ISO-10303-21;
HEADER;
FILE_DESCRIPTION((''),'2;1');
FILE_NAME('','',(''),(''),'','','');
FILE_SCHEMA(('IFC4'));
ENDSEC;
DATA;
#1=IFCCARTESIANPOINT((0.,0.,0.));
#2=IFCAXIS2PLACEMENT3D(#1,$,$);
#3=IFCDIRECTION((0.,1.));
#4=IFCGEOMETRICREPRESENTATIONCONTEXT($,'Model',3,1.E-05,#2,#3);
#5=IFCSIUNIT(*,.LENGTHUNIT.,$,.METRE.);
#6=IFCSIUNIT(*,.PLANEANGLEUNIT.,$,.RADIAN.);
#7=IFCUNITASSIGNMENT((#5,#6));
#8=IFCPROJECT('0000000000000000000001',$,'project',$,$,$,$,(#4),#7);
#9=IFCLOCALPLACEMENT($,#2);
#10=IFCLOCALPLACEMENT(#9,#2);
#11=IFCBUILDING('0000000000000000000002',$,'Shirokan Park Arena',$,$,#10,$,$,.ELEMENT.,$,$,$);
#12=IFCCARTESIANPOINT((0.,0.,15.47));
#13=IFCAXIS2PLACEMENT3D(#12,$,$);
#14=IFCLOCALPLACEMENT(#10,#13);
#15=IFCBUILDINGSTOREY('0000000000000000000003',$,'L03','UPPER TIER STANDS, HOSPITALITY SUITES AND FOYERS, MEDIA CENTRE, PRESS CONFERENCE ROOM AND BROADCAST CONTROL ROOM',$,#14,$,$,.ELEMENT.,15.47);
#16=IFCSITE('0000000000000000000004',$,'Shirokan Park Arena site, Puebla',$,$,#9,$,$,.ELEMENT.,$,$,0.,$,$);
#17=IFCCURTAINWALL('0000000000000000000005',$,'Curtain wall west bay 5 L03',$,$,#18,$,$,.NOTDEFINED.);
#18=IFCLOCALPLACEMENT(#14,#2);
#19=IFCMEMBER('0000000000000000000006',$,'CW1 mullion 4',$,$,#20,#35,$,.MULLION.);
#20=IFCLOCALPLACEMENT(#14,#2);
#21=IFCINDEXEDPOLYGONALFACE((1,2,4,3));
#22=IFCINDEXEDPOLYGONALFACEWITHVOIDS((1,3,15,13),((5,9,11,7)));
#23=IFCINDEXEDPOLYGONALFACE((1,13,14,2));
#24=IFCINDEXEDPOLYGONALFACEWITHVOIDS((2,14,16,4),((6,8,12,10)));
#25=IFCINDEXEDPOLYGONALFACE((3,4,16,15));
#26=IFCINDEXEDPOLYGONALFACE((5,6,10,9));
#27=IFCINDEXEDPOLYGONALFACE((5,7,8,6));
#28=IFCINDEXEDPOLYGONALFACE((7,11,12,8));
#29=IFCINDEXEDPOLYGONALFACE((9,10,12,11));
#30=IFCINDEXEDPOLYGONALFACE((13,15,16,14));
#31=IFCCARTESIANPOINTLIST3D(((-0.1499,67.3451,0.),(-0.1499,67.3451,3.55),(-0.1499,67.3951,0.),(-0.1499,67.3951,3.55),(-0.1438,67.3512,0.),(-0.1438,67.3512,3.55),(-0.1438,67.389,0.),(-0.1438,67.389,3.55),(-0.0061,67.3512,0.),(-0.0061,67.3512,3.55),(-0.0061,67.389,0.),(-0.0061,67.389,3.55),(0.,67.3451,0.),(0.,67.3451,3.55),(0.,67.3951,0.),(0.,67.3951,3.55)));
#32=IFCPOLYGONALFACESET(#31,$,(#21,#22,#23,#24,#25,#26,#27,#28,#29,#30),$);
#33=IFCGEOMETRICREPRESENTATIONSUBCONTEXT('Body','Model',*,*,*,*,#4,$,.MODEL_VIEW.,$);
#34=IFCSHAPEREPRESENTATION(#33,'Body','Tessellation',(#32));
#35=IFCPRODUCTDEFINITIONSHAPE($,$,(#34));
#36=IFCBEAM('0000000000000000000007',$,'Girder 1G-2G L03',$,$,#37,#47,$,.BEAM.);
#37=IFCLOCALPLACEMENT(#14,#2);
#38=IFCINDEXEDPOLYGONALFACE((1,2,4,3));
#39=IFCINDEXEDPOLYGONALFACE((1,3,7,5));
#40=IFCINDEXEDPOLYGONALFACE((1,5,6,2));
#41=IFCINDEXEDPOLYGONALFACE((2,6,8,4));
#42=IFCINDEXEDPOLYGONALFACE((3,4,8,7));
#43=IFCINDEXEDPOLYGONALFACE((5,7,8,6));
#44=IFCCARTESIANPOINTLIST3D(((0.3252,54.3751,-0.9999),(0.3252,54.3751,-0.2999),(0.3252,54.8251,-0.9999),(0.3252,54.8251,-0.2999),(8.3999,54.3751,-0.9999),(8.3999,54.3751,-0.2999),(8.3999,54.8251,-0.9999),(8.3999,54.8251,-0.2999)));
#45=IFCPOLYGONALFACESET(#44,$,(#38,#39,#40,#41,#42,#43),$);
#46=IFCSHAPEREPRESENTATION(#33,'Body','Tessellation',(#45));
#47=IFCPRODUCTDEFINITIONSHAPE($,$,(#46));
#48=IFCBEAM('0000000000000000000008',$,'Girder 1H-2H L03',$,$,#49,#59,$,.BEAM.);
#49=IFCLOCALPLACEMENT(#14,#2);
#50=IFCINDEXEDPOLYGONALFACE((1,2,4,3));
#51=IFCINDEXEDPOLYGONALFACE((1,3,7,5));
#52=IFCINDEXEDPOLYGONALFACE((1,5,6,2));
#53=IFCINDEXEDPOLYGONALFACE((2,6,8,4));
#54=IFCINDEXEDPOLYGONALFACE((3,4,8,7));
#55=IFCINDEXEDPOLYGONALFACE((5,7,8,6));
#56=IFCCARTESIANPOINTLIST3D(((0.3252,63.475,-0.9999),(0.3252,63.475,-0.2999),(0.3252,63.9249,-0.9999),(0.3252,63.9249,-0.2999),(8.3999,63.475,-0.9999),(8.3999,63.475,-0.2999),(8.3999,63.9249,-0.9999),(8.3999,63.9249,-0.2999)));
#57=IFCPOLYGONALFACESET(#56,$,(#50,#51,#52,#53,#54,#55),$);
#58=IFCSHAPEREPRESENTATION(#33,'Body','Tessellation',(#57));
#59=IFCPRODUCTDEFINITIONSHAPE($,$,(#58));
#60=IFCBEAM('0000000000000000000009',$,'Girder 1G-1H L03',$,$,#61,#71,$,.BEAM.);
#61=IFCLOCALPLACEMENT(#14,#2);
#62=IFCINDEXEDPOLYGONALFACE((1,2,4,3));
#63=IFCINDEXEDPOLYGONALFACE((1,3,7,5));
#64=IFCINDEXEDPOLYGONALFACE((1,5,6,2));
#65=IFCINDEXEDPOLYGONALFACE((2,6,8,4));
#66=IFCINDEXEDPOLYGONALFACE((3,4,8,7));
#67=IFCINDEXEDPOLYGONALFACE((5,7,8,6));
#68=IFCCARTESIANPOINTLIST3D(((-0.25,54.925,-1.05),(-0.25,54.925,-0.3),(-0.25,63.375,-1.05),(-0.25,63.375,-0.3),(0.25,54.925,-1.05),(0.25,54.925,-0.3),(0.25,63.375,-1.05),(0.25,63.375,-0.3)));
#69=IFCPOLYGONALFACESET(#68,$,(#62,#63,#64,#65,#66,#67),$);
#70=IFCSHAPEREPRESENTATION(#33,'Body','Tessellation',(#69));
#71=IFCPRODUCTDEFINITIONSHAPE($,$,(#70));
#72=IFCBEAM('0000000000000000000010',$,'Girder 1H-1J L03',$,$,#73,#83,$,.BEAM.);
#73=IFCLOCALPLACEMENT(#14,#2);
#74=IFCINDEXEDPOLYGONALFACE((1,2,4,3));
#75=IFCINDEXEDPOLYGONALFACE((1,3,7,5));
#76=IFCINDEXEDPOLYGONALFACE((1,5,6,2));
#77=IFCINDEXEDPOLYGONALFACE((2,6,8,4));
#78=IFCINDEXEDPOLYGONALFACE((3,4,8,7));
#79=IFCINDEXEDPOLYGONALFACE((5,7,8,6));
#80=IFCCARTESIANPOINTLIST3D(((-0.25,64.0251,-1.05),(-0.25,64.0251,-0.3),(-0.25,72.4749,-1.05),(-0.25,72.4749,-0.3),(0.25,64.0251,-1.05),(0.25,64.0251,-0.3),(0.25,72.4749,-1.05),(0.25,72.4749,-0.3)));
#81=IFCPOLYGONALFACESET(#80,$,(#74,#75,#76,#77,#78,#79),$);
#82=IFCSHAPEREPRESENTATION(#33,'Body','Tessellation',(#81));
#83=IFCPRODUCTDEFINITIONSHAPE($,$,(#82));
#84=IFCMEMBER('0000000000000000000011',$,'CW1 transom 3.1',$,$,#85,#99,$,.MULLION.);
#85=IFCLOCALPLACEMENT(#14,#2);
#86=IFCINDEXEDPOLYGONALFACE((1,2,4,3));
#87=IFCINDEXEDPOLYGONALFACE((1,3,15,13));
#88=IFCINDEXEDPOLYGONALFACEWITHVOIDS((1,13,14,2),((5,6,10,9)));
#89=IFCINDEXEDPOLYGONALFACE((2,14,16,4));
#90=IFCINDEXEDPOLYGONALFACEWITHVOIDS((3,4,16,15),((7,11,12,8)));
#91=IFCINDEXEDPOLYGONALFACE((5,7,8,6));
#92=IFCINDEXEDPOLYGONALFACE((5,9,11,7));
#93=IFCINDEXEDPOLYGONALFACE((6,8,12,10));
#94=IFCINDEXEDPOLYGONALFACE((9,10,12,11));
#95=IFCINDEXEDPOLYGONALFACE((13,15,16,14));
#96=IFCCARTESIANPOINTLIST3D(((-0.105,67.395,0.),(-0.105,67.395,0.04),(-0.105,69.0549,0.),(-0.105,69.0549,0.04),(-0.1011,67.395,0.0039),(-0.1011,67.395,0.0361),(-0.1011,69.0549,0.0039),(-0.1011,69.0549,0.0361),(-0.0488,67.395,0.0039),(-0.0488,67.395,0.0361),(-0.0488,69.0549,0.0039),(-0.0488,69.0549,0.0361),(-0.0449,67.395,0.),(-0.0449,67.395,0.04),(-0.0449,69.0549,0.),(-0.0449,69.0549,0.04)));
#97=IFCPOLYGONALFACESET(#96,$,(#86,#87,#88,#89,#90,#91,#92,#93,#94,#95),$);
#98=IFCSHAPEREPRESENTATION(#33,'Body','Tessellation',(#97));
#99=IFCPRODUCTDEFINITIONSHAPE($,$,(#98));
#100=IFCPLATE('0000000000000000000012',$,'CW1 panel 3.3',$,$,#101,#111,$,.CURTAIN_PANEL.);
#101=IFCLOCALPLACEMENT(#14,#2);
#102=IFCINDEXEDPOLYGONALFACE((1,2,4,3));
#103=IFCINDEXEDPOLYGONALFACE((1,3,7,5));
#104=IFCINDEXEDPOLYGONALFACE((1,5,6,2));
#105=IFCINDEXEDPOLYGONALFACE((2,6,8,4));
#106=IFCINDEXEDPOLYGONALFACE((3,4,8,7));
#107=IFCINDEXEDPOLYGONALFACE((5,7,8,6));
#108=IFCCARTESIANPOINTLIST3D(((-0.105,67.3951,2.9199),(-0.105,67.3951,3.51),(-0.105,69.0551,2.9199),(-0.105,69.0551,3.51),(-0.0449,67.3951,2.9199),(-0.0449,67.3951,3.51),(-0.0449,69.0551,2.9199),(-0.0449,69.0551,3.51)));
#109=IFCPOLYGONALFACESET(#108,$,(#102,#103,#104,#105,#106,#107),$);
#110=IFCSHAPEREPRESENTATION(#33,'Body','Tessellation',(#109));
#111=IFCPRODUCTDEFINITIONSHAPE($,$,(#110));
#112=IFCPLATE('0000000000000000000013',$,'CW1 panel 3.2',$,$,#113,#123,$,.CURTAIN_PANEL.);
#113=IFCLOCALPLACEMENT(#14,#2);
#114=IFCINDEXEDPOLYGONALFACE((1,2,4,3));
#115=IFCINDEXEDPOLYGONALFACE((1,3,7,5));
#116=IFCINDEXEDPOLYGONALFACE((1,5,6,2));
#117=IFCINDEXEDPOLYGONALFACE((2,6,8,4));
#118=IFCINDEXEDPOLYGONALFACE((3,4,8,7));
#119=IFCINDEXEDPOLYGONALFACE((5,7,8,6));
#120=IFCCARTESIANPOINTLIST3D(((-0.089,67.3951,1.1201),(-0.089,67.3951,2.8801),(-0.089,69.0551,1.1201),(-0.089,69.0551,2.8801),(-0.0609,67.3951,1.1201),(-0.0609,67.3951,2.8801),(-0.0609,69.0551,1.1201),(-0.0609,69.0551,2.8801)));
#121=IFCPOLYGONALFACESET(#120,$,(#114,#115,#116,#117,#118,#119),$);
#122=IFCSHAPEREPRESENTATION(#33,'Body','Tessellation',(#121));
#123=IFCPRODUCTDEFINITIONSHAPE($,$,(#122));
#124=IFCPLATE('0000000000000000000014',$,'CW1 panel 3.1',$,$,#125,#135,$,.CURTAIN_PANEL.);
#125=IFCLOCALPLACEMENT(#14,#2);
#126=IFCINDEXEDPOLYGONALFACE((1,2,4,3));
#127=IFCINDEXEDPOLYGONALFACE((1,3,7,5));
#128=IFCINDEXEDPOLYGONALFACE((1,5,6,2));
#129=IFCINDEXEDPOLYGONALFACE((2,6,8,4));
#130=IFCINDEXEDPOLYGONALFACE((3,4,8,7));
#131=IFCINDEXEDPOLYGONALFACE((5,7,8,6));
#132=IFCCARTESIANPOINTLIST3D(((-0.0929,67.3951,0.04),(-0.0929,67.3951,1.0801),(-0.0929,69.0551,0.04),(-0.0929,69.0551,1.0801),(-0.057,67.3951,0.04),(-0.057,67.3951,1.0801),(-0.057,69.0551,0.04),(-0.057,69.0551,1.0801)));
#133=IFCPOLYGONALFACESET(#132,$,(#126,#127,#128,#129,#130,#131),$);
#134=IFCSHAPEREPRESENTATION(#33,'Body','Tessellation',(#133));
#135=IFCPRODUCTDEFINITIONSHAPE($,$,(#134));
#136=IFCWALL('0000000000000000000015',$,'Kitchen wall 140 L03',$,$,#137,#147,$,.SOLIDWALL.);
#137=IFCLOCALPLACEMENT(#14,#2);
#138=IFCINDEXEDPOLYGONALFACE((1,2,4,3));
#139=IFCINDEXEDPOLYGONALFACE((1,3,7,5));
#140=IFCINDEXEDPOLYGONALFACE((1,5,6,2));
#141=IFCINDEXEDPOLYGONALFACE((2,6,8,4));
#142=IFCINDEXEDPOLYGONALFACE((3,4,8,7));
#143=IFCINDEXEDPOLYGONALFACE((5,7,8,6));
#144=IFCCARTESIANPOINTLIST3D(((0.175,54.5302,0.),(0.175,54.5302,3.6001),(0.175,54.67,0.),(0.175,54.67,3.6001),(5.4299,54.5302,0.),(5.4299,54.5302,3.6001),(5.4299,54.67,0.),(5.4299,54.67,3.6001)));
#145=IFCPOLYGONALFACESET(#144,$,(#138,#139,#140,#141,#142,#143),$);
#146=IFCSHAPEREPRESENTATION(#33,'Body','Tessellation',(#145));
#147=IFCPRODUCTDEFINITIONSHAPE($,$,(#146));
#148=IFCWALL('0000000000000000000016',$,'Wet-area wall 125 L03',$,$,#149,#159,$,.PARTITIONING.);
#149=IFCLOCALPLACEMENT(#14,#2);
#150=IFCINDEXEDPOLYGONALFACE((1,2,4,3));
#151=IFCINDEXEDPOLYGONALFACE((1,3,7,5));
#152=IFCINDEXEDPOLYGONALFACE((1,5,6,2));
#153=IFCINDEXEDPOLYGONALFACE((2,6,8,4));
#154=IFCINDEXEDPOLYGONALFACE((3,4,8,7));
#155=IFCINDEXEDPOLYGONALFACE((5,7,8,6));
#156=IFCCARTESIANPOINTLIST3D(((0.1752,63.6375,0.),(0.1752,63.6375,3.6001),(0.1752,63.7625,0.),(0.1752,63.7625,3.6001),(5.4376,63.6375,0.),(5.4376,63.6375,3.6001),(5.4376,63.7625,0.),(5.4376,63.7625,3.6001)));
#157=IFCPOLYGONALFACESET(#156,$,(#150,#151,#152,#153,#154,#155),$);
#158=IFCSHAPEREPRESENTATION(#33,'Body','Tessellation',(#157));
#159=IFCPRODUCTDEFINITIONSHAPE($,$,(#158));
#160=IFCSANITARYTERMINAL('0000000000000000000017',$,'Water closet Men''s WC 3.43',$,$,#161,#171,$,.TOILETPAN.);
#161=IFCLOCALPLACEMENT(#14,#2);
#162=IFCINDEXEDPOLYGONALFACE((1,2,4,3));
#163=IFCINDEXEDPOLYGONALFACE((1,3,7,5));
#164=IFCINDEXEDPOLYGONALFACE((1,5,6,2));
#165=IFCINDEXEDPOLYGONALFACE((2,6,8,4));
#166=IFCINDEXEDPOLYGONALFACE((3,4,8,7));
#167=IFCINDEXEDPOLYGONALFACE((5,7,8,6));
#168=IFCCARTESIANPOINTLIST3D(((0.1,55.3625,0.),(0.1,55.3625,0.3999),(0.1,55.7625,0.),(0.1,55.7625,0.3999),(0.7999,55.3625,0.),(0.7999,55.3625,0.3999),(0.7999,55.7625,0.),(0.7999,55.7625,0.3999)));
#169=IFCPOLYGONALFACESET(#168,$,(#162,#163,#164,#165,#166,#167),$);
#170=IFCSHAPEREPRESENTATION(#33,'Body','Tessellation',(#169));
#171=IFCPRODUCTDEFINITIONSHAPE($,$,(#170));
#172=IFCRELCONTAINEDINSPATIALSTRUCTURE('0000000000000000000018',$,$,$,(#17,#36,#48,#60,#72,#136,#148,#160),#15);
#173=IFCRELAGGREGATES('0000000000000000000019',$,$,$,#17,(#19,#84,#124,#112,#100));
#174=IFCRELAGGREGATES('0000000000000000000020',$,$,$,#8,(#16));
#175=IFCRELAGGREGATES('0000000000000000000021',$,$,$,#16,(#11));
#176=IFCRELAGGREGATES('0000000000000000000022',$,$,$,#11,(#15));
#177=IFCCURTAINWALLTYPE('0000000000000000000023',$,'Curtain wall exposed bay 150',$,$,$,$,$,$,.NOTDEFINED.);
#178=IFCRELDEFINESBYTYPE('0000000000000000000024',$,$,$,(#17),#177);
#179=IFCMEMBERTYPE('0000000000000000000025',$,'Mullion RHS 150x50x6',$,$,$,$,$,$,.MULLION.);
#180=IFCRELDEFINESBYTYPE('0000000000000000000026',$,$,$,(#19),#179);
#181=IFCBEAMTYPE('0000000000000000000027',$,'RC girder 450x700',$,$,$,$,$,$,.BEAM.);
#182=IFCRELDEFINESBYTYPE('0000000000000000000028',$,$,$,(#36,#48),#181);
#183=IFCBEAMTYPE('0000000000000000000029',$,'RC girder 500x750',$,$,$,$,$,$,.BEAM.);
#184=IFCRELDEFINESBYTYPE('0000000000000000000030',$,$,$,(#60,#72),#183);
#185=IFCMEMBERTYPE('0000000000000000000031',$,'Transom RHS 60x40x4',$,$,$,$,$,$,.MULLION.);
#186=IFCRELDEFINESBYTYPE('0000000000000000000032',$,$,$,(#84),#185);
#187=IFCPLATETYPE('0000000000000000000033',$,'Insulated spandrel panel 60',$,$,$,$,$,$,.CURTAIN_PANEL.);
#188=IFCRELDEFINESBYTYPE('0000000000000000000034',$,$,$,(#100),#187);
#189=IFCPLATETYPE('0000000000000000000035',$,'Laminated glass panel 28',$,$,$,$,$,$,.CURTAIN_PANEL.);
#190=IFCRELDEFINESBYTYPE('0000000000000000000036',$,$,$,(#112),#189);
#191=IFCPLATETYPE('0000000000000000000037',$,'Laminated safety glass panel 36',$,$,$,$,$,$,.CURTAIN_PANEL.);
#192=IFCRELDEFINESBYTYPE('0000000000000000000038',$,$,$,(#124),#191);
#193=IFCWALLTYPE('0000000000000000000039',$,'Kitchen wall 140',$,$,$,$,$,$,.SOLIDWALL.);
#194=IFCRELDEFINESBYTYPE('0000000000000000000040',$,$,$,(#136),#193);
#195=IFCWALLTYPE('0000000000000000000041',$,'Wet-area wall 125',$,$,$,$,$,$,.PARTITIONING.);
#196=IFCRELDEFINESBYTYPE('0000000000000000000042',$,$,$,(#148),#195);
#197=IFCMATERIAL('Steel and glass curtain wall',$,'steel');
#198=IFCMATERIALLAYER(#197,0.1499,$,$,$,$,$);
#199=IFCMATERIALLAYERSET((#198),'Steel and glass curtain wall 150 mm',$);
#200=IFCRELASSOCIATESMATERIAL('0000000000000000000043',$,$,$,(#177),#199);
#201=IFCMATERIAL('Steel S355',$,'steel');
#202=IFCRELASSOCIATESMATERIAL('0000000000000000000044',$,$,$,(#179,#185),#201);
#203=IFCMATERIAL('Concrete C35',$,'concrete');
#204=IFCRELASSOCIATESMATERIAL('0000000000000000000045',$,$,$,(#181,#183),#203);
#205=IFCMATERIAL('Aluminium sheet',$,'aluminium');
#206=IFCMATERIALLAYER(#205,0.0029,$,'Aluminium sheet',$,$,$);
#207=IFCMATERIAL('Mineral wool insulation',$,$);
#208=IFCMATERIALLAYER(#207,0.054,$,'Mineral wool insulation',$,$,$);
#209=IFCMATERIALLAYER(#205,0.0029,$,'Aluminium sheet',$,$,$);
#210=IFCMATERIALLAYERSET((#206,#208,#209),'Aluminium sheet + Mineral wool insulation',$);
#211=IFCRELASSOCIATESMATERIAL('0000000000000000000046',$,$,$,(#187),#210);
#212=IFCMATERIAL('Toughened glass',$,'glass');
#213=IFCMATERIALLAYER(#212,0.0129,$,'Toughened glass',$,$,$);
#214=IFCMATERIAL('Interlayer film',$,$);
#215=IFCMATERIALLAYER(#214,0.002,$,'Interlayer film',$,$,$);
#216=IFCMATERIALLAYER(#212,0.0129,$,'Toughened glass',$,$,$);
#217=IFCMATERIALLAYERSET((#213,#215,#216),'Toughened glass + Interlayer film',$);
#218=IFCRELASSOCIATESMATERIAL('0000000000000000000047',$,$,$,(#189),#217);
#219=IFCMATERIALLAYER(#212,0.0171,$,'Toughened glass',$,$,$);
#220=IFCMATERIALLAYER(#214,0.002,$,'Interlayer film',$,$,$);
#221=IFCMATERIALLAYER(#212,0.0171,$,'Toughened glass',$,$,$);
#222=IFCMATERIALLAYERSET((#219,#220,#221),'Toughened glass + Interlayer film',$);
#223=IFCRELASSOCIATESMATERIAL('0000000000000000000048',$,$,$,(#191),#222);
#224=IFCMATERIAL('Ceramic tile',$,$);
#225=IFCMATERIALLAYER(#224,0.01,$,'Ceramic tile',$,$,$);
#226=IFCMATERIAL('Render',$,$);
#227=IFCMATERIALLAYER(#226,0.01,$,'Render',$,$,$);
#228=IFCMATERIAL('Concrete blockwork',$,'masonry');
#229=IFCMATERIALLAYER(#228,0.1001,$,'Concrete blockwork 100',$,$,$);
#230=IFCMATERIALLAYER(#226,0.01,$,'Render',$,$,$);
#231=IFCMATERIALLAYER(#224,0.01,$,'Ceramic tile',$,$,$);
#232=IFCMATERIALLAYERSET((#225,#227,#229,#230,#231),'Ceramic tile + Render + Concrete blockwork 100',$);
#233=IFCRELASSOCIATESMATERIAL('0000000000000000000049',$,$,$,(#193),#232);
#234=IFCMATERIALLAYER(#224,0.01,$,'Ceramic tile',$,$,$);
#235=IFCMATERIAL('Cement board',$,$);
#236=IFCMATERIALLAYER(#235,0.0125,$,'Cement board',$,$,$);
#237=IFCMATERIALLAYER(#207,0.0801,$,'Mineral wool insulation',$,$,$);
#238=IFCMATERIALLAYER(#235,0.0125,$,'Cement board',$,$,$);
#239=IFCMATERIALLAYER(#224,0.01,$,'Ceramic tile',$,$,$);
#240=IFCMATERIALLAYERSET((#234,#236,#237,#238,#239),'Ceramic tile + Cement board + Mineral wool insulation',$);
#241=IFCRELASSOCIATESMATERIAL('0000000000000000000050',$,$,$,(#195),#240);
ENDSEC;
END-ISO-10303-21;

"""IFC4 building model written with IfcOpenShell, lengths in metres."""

from ifc_helpers import new_model, si_unit, direction, frame, frame_2d, origin, origin_2d, place, context, subcontext, project, spatial, rectangle, hollow_rectangle, extrude, material, layer, layer_set, material_profile, profile_set, type_object, element, aggregate, save


model = new_model("IFC4")

# Units and contexts
model_context = context("Model", 3, precision=1e-05, world=origin(), true_north=direction((0.0, 1.0)))
body_context = subcontext(model_context, "Body", "Model", "MODEL_VIEW")
ifc_project = project(units=[si_unit("LENGTHUNIT", "METRE"), si_unit("PLANEANGLEUNIT", "RADIAN")], contexts=[model_context])

# Site, building, storey
site_placement = place(None, origin())
site = spatial("IfcSite", under=ifc_project, at=site_placement, Name="Shirokan Park Arena site, Puebla", CompositionType="ELEMENT", RefElevation=0.0)
building_placement = place(site_placement, origin())
building = spatial("IfcBuilding", under=site, at=building_placement, Name="Shirokan Park Arena", CompositionType="ELEMENT")
storey_placement = place(building_placement, frame((0.0, 0.0, 15.47)))
storey = spatial("IfcBuildingStorey", under=building, at=storey_placement, Name="L03", Description="UPPER TIER STANDS, HOSPITALITY SUITES AND FOYERS, MEDIA CENTRE, PRESS CONFERENCE ROOM AND BROADCAST CONTROL ROOM", CompositionType="ELEMENT", Elevation=15.47)

# Curtain wall, member
ifc_material_1 = material(Name="Steel and glass curtain wall", Category="steel")
ifc_layer_1 = layer(ifc_material_1, 0.1499)
ifc_layer_set_1 = layer_set([ifc_layer_1], Name="Steel and glass curtain wall 150 mm")
curtain_wall_type = type_object("IfcCurtainWallType", Name="Curtain wall exposed bay 150", PredefinedType="NOTDEFINED", material=ifc_layer_set_1)
curtain_wall_placement = place(storey_placement, origin())
curtain_wall = element("IfcCurtainWall", 1, at=curtain_wall_placement, inside=storey, type_object=curtain_wall_type, Name="Curtain wall west bay 5 L03", PredefinedType="NOTDEFINED")
ifc_material_2 = material(Name="Steel S355", Category="steel")
ifc_material_profile_1 = material_profile(ifc_material_2, hollow_rectangle(XDim=0.1499, YDim=0.05, WallThickness=0.0061, at=origin_2d()), Name="RHS 150x50x6")
ifc_profile_set_1 = profile_set([ifc_material_profile_1], Name="Steel S355")
member_type_1 = type_object("IfcMemberType", Name="Mullion RHS 150x50x6", PredefinedType="MULLION", material=ifc_profile_set_1)
member_1_placement = place(storey_placement, frame((-0.075, 67.3701, 0.0), z_axis=(0.0, 0.0, 1.0), x_axis=(1.0, 0.0, 0.0)))
member_1 = element("IfcMember", 2, at=member_1_placement, type_object=member_type_1, Name="CW1 mullion 4", PredefinedType="MULLION", context=body_context, shape_type="SweptSolid", body=[
    extrude(hollow_rectangle(XDim=0.1499, YDim=0.05, WallThickness=0.0061, at=origin_2d()), origin(), (0.0, 0.0, 1.0), 3.55),
])

# Beams
ifc_material_3 = material(Name="Concrete C35", Category="concrete")
ifc_material_profile_2 = material_profile(ifc_material_3, rectangle(XDim=0.45, YDim=0.7, at=origin_2d()), Name="450x700")
ifc_profile_set_2 = profile_set([ifc_material_profile_2], Name="Concrete C35")
beam_type_1 = type_object("IfcBeamType", Name="RC girder 450x700", PredefinedType="BEAM", material=ifc_profile_set_2)
for number, where, z_axis, x_axis, name in (
    (3, (0.3252, 54.6001, -0.6499), (1.0, 0.0, 0.0), (0.0, 1.0, 0.0), "Girder 1G-2G L03"),
    (4, (0.3252, 63.7, -0.6499), (1.0, 0.0, 0.0), (0.0, 1.0, 0.0), "Girder 1H-2H L03"),
):
    element("IfcBeam", number, at=place(storey_placement, frame(where, z_axis=z_axis, x_axis=x_axis)), inside=storey, type_object=beam_type_1, Name=name, PredefinedType="BEAM", context=body_context, shape_type="SweptSolid", body=[
        extrude(rectangle(XDim=0.45, YDim=0.7, at=origin_2d()), origin(), (0.0, 0.0, 1.0), 8.0747),
    ])
ifc_material_profile_3 = material_profile(ifc_material_3, rectangle(XDim=0.5, YDim=0.75, at=origin_2d()), Name="500x750")
ifc_profile_set_3 = profile_set([ifc_material_profile_3], Name="Concrete C35")
beam_type_2 = type_object("IfcBeamType", Name="RC girder 500x750", PredefinedType="BEAM", material=ifc_profile_set_3)
beam_1_placement = place(storey_placement, frame((0.0, 54.925, -0.675), z_axis=(0.0, 1.0, 0.0), x_axis=(-1.0, 0.0, 0.0)))
element("IfcBeam", 5, at=beam_1_placement, inside=storey, type_object=beam_type_2, Name="Girder 1G-1H L03", PredefinedType="BEAM", context=body_context, shape_type="SweptSolid", body=[
    extrude(rectangle(XDim=0.5, YDim=0.75, at=origin_2d()), origin(), (0.0, 0.0, 1.0), 8.45),
])
beam_2_placement = place(storey_placement, frame((0.0, 64.0251, -0.675), z_axis=(0.0, 1.0, 0.0), x_axis=(-1.0, 0.0, 0.0)))
element("IfcBeam", 6, at=beam_2_placement, inside=storey, type_object=beam_type_2, Name="Girder 1H-1J L03", PredefinedType="BEAM", context=body_context, shape_type="SweptSolid", body=[
    extrude(rectangle(XDim=0.5, YDim=0.75, at=origin_2d()), origin(), (0.0, 0.0, 1.0), 8.4497),
])

# Member
ifc_material_profile_4 = material_profile(ifc_material_2, hollow_rectangle(XDim=0.0601, YDim=0.04, WallThickness=0.0039, at=origin_2d()), Name="RHS 60x40x4")
ifc_profile_set_4 = profile_set([ifc_material_profile_4], Name="Steel S355")
member_type_2 = type_object("IfcMemberType", Name="Transom RHS 60x40x4", PredefinedType="MULLION", material=ifc_profile_set_4)
member_2_placement = place(storey_placement, frame((-0.075, 69.0549, 0.02), z_axis=(0.0, -1.0, 0.0), x_axis=(1.0, 0.0, 0.0)))
member_2 = element("IfcMember", 7, at=member_2_placement, type_object=member_type_2, Name="CW1 transom 3.1", PredefinedType="MULLION", context=body_context, shape_type="SweptSolid", body=[
    extrude(hollow_rectangle(XDim=0.0601, YDim=0.04, WallThickness=0.0039, at=origin_2d()), origin(), (0.0, 0.0, 1.0), 1.6599),
])

# Plates
ifc_material_4 = material(Name="Aluminium sheet", Category="aluminium")
ifc_layer_2 = layer(ifc_material_4, 0.0029, Name="Aluminium sheet")
ifc_material_5 = material(Name="Mineral wool insulation")
ifc_layer_3 = layer(ifc_material_5, 0.054, Name="Mineral wool insulation")
ifc_layer_4 = layer(ifc_material_4, 0.0029, Name="Aluminium sheet")
ifc_layer_set_2 = layer_set([ifc_layer_2, ifc_layer_3, ifc_layer_4], Name="Aluminium sheet + Mineral wool insulation")
plate_type_1 = type_object("IfcPlateType", Name="Insulated spandrel panel 60", PredefinedType="CURTAIN_PANEL", material=ifc_layer_set_2)
plate_1_placement = place(storey_placement, frame((-0.075, 68.2251, 2.9199), z_axis=(0.0, 0.0, 1.0), x_axis=(0.0, -1.0, 0.0)))
plate_1 = element("IfcPlate", 8, at=plate_1_placement, type_object=plate_type_1, Name="CW1 panel 3.3", PredefinedType="CURTAIN_PANEL", context=body_context, shape_type="SweptSolid", body=[
    extrude(rectangle(XDim=1.6599, YDim=0.0601, at=origin_2d()), origin(), (0.0, 0.0, 1.0), 0.5901),
])
ifc_material_6 = material(Name="Toughened glass", Category="glass")
ifc_layer_5 = layer(ifc_material_6, 0.0129, Name="Toughened glass")
ifc_material_7 = material(Name="Interlayer film")
ifc_layer_6 = layer(ifc_material_7, 0.002, Name="Interlayer film")
ifc_layer_7 = layer(ifc_material_6, 0.0129, Name="Toughened glass")
ifc_layer_set_3 = layer_set([ifc_layer_5, ifc_layer_6, ifc_layer_7], Name="Toughened glass + Interlayer film")
plate_type_2 = type_object("IfcPlateType", Name="Laminated glass panel 28", PredefinedType="CURTAIN_PANEL", material=ifc_layer_set_3)
plate_2_placement = place(storey_placement, frame((-0.075, 68.2251, 1.1201), z_axis=(0.0, 0.0, 1.0), x_axis=(0.0, -1.0, 0.0)))
plate_2 = element("IfcPlate", 9, at=plate_2_placement, type_object=plate_type_2, Name="CW1 panel 3.2", PredefinedType="CURTAIN_PANEL", context=body_context, shape_type="SweptSolid", body=[
    extrude(rectangle(XDim=1.6599, YDim=0.0281, at=origin_2d()), origin(), (0.0, 0.0, 1.0), 1.76),
])
ifc_layer_8 = layer(ifc_material_6, 0.0171, Name="Toughened glass")
ifc_layer_9 = layer(ifc_material_7, 0.002, Name="Interlayer film")
ifc_layer_10 = layer(ifc_material_6, 0.0171, Name="Toughened glass")
ifc_layer_set_4 = layer_set([ifc_layer_8, ifc_layer_9, ifc_layer_10], Name="Toughened glass + Interlayer film")
plate_type_3 = type_object("IfcPlateType", Name="Laminated safety glass panel 36", PredefinedType="CURTAIN_PANEL", material=ifc_layer_set_4)
plate_3_placement = place(storey_placement, frame((-0.075, 68.2251, 0.04), z_axis=(0.0, 0.0, 1.0), x_axis=(0.0, -1.0, 0.0)))
plate_3 = element("IfcPlate", 10, at=plate_3_placement, type_object=plate_type_3, Name="CW1 panel 3.1", PredefinedType="CURTAIN_PANEL", context=body_context, shape_type="SweptSolid", body=[
    extrude(rectangle(XDim=1.6599, YDim=0.0359, at=origin_2d()), origin(), (0.0, 0.0, 1.0), 1.04),
])
aggregate(curtain_wall, [member_1, member_2, plate_3, plate_2, plate_1])

# Walls
ifc_material_8 = material(Name="Ceramic tile")
ifc_layer_11 = layer(ifc_material_8, 0.01, Name="Ceramic tile")
ifc_material_9 = material(Name="Render")
ifc_layer_12 = layer(ifc_material_9, 0.01, Name="Render")
ifc_material_10 = material(Name="Concrete blockwork", Category="masonry")
ifc_layer_13 = layer(ifc_material_10, 0.1001, Name="Concrete blockwork 100")
ifc_layer_14 = layer(ifc_material_9, 0.01, Name="Render")
ifc_layer_15 = layer(ifc_material_8, 0.01, Name="Ceramic tile")
ifc_layer_set_5 = layer_set([ifc_layer_11, ifc_layer_12, ifc_layer_13, ifc_layer_14, ifc_layer_15], Name="Ceramic tile + Render + Concrete blockwork 100")
wall_type_1 = type_object("IfcWallType", Name="Kitchen wall 140", PredefinedType="SOLIDWALL", material=ifc_layer_set_5)
wall_1_placement = place(storey_placement, frame((0.175, 54.6001, 0.0), z_axis=(0.0, 0.0, 1.0), x_axis=(1.0, 0.0, 0.0)))
element("IfcWall", 11, at=wall_1_placement, inside=storey, type_object=wall_type_1, Name="Kitchen wall 140 L03", PredefinedType="SOLIDWALL", context=body_context, shape_type="SweptSolid", body=[
    extrude(rectangle(XDim=5.2549, YDim=0.1399, at=frame_2d((2.6274, 0.0))), origin(), (0.0, 0.0, 1.0), 3.6001),
])
ifc_layer_16 = layer(ifc_material_8, 0.01, Name="Ceramic tile")
ifc_material_11 = material(Name="Cement board")
ifc_layer_17 = layer(ifc_material_11, 0.0125, Name="Cement board")
ifc_layer_18 = layer(ifc_material_5, 0.0801, Name="Mineral wool insulation")
ifc_layer_19 = layer(ifc_material_11, 0.0125, Name="Cement board")
ifc_layer_20 = layer(ifc_material_8, 0.01, Name="Ceramic tile")
ifc_layer_set_6 = layer_set([ifc_layer_16, ifc_layer_17, ifc_layer_18, ifc_layer_19, ifc_layer_20], Name="Ceramic tile + Cement board + Mineral wool insulation")
wall_type_2 = type_object("IfcWallType", Name="Wet-area wall 125", PredefinedType="PARTITIONING", material=ifc_layer_set_6)
wall_2_placement = place(storey_placement, frame((0.175, 63.7, 0.0), z_axis=(0.0, 0.0, 1.0), x_axis=(1.0, 0.0, 0.0)))
element("IfcWall", 12, at=wall_2_placement, inside=storey, type_object=wall_type_2, Name="Wet-area wall 125 L03", PredefinedType="PARTITIONING", context=body_context, shape_type="SweptSolid", body=[
    extrude(rectangle(XDim=5.2625, YDim=0.125, at=frame_2d((2.6313, 0.0))), origin(), (0.0, 0.0, 1.0), 3.6001),
])

# Sanitary terminal
for number, where, z_axis, x_axis, name in (
    (13, (0.45, 55.5625, 0.0), (0.0, 0.0, 1.0), (1.0, 0.0, 0.0), "Water closet Men's WC 3.43"),
):
    element("IfcSanitaryTerminal", number, at=place(storey_placement, frame(where, z_axis=z_axis, x_axis=x_axis)), inside=storey, Name=name, PredefinedType="TOILETPAN", context=body_context, shape_type="SweptSolid", body=[
        extrude(rectangle(XDim=0.7, YDim=0.3999, at=origin_2d()), origin(), (0.0, 0.0, 1.0), 0.3999),
    ])

save(model, "model.ifc")
